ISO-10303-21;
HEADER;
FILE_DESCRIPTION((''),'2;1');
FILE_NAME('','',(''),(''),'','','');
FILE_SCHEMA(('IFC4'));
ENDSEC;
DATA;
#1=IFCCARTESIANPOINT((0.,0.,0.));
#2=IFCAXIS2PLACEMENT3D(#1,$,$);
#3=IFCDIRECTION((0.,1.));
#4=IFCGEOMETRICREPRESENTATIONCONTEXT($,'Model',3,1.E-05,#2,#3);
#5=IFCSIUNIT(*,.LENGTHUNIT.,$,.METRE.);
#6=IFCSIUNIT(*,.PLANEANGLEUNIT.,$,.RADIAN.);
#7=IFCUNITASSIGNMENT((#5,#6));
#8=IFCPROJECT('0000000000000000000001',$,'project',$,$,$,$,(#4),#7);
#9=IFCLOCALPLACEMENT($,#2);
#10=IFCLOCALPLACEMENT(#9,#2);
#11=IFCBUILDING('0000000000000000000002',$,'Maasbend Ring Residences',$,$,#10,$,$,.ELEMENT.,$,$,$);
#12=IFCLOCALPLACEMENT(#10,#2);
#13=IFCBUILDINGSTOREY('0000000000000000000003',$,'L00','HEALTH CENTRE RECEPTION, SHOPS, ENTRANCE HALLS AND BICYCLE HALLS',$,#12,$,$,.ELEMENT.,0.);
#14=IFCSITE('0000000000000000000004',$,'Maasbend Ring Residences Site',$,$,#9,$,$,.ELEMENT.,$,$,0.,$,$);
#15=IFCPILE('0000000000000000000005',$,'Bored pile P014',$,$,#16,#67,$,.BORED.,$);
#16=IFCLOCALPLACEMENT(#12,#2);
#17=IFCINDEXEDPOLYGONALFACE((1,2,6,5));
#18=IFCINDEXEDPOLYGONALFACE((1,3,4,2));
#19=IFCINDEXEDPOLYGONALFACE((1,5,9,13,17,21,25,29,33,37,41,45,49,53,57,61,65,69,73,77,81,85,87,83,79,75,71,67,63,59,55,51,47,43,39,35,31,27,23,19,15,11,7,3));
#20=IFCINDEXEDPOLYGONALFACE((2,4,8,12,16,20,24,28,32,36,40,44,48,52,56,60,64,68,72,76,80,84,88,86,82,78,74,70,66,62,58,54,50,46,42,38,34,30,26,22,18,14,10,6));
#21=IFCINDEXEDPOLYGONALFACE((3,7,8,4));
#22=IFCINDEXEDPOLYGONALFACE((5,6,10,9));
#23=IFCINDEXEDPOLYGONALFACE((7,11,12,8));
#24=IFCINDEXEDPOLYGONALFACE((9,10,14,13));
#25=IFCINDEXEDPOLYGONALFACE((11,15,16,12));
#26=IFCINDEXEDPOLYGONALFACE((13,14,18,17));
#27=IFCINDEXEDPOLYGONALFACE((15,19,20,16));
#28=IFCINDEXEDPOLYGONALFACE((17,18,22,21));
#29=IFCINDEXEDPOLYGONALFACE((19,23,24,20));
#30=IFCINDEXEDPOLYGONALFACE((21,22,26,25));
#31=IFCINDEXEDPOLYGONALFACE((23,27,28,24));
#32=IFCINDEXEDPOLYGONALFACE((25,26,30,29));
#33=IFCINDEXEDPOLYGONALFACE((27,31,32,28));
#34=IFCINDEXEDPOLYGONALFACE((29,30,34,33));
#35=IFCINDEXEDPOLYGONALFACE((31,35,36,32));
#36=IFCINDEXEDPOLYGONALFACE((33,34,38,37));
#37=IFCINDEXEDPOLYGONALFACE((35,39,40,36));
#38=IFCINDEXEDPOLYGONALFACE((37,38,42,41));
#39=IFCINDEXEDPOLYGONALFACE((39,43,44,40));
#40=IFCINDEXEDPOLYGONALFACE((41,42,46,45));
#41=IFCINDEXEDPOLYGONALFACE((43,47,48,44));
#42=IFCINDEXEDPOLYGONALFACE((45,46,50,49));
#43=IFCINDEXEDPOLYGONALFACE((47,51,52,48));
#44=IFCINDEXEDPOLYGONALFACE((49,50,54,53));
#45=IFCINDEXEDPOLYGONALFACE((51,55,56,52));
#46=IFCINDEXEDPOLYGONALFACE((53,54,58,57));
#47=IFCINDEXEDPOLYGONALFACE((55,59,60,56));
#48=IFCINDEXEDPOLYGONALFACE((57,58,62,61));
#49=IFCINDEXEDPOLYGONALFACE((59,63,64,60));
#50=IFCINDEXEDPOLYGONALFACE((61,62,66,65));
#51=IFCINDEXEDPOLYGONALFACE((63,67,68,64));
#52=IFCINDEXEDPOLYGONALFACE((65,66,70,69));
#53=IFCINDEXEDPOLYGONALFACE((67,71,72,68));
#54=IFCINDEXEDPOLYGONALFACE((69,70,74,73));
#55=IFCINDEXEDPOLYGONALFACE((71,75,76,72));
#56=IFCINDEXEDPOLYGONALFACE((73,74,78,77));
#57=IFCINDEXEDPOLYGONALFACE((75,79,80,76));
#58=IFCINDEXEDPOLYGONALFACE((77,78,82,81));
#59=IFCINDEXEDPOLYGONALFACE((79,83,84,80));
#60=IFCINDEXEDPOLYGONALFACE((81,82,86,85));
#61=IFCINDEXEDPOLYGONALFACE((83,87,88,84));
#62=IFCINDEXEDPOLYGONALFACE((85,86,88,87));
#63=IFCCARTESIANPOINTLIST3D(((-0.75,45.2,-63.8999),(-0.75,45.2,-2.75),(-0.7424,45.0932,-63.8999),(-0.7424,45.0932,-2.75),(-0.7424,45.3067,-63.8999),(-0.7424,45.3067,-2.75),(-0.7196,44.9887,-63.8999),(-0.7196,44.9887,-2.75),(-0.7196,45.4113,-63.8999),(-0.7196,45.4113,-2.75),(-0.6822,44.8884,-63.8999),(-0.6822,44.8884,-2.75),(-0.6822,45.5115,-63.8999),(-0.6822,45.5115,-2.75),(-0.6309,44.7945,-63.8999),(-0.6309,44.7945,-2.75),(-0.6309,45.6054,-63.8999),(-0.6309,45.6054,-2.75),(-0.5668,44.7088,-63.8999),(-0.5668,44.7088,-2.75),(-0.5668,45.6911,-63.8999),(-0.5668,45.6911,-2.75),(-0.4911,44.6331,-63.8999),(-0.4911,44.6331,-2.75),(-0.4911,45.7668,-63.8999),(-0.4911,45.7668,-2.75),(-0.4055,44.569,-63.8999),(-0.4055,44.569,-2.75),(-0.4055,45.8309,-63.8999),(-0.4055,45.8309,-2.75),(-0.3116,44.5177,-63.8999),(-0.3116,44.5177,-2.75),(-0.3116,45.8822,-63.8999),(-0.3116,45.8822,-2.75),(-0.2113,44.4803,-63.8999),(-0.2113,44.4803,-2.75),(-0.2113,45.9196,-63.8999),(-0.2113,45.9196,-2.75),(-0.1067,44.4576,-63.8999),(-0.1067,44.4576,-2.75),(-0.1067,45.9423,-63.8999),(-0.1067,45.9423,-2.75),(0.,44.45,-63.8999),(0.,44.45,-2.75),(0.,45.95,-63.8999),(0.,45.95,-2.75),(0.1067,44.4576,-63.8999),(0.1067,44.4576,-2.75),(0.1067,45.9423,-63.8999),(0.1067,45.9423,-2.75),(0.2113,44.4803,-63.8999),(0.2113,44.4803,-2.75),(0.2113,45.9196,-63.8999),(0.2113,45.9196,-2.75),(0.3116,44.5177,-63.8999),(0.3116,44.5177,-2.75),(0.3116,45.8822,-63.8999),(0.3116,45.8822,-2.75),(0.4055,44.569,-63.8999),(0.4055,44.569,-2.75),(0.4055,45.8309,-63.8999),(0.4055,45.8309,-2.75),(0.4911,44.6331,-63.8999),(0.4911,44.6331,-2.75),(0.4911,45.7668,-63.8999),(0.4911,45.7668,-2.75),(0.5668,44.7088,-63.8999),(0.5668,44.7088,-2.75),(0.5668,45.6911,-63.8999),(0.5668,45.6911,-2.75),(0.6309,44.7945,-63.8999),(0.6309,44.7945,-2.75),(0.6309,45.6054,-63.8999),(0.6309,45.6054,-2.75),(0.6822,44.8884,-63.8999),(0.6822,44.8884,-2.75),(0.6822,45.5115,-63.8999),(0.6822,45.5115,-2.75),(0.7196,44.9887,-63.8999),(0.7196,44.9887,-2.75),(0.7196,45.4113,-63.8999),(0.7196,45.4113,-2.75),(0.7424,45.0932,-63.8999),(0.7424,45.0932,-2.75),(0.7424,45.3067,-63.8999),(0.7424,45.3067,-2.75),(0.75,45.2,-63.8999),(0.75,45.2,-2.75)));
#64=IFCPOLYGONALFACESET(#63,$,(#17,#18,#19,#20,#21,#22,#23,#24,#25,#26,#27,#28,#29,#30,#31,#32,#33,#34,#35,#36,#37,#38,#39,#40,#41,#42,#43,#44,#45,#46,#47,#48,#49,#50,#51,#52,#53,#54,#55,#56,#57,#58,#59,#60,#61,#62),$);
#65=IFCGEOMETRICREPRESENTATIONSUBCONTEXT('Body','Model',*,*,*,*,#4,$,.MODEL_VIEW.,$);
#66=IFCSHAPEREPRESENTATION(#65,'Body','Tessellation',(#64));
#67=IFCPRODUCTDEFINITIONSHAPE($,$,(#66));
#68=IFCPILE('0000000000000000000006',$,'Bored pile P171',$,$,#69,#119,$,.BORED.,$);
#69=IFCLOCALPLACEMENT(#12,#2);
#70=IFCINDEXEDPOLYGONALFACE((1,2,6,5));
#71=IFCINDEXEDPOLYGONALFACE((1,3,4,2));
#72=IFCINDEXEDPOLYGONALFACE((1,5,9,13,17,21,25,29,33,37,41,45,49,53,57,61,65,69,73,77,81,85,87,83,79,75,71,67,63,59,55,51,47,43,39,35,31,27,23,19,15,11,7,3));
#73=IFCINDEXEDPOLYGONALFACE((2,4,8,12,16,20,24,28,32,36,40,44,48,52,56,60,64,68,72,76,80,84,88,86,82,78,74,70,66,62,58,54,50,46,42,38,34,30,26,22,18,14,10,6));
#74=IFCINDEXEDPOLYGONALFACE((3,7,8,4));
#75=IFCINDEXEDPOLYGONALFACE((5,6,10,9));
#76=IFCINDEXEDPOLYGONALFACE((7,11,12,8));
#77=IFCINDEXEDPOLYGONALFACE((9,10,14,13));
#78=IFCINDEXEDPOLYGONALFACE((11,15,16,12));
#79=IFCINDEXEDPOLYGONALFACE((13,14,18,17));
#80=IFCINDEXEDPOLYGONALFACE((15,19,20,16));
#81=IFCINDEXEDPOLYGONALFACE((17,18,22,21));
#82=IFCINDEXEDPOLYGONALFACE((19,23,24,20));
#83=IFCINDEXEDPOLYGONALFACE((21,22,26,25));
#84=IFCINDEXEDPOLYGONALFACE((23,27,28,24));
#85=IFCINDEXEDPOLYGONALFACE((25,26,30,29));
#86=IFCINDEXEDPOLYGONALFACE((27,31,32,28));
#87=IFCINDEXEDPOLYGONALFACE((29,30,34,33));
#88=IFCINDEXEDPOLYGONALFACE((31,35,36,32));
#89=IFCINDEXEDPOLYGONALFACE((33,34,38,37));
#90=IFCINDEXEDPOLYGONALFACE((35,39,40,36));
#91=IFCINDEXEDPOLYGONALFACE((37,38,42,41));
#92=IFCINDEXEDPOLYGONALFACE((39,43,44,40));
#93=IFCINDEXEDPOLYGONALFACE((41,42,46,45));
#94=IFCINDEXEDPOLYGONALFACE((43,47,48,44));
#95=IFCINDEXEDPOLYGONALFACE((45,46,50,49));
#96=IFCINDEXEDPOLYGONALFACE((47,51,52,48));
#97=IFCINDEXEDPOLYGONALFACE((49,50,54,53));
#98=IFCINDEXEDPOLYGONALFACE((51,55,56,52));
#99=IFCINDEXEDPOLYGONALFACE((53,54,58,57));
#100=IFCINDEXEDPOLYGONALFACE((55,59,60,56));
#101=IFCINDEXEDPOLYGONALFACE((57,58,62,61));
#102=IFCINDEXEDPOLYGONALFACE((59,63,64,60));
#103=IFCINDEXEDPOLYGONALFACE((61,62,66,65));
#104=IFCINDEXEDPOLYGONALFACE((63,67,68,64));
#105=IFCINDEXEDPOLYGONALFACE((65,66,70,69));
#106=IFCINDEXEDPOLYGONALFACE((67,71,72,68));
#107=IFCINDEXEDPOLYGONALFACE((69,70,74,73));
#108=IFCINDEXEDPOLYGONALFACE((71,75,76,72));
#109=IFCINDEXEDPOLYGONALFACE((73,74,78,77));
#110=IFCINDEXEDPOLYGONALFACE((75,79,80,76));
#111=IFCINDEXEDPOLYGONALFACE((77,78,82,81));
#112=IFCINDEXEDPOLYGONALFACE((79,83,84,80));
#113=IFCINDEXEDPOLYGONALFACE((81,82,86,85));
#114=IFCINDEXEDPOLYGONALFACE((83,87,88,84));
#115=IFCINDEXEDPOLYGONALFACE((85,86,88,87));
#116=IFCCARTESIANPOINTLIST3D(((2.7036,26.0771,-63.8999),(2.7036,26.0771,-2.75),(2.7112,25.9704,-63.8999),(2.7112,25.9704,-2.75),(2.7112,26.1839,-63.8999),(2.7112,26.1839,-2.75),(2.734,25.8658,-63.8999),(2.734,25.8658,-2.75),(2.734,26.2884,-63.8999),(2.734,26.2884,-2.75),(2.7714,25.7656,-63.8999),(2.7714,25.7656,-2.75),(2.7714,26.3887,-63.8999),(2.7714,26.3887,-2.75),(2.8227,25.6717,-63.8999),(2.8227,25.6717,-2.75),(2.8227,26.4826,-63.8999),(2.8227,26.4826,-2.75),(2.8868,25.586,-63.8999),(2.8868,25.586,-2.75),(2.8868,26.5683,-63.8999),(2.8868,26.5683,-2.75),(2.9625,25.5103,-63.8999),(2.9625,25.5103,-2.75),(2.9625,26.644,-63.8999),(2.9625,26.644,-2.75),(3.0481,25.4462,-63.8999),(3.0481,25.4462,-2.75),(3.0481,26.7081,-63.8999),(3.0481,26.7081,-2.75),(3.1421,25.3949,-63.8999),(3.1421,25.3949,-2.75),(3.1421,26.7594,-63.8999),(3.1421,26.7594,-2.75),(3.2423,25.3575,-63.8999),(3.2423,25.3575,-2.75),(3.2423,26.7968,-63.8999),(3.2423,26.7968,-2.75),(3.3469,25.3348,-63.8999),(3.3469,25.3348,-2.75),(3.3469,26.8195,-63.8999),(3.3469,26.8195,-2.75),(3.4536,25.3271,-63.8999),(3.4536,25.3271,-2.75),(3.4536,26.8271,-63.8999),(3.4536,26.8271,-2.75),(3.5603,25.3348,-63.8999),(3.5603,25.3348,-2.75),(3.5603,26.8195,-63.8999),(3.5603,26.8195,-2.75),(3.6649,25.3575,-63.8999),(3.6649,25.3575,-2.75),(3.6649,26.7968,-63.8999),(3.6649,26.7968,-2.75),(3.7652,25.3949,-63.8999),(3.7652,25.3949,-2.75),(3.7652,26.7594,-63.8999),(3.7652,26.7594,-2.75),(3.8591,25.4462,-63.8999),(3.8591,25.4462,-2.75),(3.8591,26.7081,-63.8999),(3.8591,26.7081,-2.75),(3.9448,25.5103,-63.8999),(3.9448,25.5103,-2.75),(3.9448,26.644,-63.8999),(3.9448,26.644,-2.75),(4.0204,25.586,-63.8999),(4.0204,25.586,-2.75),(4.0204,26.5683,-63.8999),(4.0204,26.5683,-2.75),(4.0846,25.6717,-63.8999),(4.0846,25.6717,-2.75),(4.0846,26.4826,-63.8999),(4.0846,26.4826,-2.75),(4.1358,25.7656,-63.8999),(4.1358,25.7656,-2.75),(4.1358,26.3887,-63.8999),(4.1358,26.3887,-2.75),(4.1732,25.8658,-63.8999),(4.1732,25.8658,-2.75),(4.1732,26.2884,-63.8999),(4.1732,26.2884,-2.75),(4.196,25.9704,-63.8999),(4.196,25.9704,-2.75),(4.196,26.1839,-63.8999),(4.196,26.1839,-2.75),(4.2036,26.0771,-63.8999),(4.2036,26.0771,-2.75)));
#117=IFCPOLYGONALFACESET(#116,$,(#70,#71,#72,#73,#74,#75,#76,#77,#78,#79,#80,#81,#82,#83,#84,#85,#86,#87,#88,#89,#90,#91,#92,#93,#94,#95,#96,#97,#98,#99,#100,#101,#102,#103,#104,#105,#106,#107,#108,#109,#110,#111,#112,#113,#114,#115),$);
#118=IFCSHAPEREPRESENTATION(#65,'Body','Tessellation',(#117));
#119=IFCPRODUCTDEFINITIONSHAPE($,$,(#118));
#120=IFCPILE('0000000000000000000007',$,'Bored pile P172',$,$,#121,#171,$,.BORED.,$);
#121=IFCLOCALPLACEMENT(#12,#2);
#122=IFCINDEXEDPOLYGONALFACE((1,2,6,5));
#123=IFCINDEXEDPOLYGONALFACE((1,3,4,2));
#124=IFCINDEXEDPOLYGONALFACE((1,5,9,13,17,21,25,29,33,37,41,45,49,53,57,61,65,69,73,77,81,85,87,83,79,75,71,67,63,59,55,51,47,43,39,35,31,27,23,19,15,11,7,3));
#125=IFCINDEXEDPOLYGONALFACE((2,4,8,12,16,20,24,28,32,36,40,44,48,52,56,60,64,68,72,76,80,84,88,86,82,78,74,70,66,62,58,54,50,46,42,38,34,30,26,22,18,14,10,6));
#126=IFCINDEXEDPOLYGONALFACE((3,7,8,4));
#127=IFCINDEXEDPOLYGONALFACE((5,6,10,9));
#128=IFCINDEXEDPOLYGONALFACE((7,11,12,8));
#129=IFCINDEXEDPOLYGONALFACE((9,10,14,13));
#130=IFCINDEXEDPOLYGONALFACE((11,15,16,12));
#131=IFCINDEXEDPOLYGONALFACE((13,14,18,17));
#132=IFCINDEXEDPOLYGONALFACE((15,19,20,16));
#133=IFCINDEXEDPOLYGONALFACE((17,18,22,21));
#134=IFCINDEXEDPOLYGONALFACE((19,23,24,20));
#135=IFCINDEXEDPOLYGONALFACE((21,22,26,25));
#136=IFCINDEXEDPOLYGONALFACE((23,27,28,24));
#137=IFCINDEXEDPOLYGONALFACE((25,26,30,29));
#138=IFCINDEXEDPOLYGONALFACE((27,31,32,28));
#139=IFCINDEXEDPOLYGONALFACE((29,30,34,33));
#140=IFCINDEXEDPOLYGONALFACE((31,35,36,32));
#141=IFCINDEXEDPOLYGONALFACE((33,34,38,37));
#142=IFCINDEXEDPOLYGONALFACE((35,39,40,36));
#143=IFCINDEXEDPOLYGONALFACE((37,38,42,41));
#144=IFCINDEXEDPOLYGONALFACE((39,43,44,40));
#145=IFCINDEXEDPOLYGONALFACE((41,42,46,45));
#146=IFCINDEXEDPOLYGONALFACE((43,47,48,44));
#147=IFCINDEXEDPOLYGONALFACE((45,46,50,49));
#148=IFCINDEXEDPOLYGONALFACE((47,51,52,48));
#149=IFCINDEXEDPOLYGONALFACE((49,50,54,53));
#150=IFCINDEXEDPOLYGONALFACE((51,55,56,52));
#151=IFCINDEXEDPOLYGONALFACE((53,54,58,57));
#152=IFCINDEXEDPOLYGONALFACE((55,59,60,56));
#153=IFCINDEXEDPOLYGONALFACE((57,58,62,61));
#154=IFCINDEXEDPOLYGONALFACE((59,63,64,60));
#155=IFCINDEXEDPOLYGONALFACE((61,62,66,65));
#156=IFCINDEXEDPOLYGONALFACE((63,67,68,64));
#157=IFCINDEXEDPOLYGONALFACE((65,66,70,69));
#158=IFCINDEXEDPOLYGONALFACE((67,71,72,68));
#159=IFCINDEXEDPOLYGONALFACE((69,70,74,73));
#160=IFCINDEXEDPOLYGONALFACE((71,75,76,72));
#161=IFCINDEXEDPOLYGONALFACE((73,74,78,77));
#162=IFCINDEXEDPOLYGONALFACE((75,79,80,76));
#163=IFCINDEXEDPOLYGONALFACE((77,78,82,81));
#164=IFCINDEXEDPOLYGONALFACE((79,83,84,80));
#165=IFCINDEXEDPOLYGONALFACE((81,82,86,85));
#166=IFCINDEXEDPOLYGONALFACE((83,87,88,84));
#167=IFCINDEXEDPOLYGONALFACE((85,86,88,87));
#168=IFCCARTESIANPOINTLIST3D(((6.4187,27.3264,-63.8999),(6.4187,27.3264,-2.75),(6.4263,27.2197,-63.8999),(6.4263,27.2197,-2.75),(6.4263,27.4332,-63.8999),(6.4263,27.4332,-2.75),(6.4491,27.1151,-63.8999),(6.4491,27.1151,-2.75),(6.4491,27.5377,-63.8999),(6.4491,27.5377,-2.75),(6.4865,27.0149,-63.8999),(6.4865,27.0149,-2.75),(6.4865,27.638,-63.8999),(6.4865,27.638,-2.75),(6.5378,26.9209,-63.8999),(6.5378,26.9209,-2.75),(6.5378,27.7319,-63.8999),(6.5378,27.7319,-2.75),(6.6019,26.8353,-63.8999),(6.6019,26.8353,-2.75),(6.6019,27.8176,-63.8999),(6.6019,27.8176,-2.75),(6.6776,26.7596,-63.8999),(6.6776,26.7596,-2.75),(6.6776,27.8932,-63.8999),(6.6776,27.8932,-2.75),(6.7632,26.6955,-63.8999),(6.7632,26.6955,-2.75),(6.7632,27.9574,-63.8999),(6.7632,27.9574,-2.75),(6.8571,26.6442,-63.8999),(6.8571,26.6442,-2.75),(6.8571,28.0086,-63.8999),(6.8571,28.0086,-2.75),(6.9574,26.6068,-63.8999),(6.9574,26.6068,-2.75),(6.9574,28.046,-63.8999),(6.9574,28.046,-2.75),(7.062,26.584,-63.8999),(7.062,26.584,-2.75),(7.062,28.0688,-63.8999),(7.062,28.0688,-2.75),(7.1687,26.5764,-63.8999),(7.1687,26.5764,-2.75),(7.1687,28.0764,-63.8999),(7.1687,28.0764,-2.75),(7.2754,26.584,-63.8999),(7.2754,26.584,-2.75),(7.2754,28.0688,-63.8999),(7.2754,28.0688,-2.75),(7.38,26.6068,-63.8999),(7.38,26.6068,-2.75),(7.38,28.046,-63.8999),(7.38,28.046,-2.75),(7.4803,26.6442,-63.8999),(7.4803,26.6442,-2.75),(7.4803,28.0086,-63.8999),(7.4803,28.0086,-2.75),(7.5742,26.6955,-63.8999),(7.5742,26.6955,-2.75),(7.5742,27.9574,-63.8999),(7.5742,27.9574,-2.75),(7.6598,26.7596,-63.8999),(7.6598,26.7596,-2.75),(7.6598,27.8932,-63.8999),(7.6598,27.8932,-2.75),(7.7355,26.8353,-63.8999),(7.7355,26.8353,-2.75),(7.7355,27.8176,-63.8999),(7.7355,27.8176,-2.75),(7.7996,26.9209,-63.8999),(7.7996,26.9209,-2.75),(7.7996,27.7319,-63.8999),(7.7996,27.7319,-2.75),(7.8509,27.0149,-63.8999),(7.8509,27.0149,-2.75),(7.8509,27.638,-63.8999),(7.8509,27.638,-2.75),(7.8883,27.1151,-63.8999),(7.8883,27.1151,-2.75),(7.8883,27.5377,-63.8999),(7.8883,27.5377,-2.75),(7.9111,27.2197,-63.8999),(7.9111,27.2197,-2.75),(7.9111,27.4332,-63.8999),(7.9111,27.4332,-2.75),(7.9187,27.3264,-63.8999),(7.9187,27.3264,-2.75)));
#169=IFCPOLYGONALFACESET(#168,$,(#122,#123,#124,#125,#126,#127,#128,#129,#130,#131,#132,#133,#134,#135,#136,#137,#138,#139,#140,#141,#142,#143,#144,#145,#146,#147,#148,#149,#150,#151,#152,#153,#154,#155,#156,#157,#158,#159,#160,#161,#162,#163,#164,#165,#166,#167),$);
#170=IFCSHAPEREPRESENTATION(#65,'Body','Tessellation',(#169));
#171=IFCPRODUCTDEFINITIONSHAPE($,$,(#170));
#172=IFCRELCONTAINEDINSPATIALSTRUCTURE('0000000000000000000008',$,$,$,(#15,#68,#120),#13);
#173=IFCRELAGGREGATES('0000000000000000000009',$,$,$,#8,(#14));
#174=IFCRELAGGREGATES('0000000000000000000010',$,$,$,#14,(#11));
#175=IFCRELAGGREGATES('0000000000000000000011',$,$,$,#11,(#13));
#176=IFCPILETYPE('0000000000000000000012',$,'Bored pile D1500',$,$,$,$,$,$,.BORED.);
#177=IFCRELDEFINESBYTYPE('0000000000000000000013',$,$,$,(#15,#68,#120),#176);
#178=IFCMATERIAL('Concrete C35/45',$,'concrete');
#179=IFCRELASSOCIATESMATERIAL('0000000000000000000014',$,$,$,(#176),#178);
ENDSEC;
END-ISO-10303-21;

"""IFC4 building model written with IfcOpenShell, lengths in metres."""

from ifc_helpers import new_model, si_unit, direction, frame, origin, origin_2d, place, context, subcontext, project, spatial, circle, extrude, material, material_profile, profile_set, type_object, element, save


model = new_model("IFC4")

# Units and contexts
model_context = context("Model", 3, precision=1e-05, world=origin(), true_north=direction((0.0, 1.0)))
body_context = subcontext(model_context, "Body", "Model", "MODEL_VIEW")
ifc_project = project(units=[si_unit("LENGTHUNIT", "METRE"), si_unit("PLANEANGLEUNIT", "RADIAN")], contexts=[model_context])

# Site, building, storey
site_placement = place(None, origin())
site = spatial("IfcSite", under=ifc_project, at=site_placement, Name="Maasbend Ring Residences Site", CompositionType="ELEMENT", RefElevation=0.0)
building_placement = place(site_placement, origin())
building = spatial("IfcBuilding", under=site, at=building_placement, Name="Maasbend Ring Residences", CompositionType="ELEMENT")
storey_placement = place(building_placement, origin())
storey = spatial("IfcBuildingStorey", under=building, at=storey_placement, Name="L00", Description="HEALTH CENTRE RECEPTION, SHOPS, ENTRANCE HALLS AND BICYCLE HALLS", CompositionType="ELEMENT", Elevation=0.0)

# Piles
ifc_material_1 = material(Name="Concrete C35/45", Category="concrete")
ifc_material_profile_1 = material_profile(ifc_material_1, circle(Radius=0.75, at=origin_2d()), Name="Bored pile D1500")
ifc_profile_set_1 = profile_set([ifc_material_profile_1], Name="Concrete C35/45")
pile_type = type_object("IfcPileType", Name="Bored pile D1500", PredefinedType="BORED", material=ifc_profile_set_1)
for number, where, z_axis, x_axis, name in (
    (1, (0.0, 45.2, -2.75), (0.0, 0.0, -1.0), (1.0, 0.0, 0.0), "Bored pile P014"),
    (2, (3.4536, 26.0771, -2.75), (0.0, 0.0, -1.0), (1.0, 0.0, 0.0), "Bored pile P171"),
    (3, (7.1687, 27.3264, -2.75), (0.0, 0.0, -1.0), (1.0, 0.0, 0.0), "Bored pile P172"),
):
    element("IfcPile", number, at=place(storey_placement, frame(where, z_axis=z_axis, x_axis=x_axis)), inside=storey, type_object=pile_type, Name=name, PredefinedType="BORED", context=body_context, shape_type="SweptSolid", body=[
        extrude(circle(Radius=0.75, at=origin_2d()), origin(), (0.0, 0.0, 1.0), 61.1499),
    ])

save(model, "model.ifc")
